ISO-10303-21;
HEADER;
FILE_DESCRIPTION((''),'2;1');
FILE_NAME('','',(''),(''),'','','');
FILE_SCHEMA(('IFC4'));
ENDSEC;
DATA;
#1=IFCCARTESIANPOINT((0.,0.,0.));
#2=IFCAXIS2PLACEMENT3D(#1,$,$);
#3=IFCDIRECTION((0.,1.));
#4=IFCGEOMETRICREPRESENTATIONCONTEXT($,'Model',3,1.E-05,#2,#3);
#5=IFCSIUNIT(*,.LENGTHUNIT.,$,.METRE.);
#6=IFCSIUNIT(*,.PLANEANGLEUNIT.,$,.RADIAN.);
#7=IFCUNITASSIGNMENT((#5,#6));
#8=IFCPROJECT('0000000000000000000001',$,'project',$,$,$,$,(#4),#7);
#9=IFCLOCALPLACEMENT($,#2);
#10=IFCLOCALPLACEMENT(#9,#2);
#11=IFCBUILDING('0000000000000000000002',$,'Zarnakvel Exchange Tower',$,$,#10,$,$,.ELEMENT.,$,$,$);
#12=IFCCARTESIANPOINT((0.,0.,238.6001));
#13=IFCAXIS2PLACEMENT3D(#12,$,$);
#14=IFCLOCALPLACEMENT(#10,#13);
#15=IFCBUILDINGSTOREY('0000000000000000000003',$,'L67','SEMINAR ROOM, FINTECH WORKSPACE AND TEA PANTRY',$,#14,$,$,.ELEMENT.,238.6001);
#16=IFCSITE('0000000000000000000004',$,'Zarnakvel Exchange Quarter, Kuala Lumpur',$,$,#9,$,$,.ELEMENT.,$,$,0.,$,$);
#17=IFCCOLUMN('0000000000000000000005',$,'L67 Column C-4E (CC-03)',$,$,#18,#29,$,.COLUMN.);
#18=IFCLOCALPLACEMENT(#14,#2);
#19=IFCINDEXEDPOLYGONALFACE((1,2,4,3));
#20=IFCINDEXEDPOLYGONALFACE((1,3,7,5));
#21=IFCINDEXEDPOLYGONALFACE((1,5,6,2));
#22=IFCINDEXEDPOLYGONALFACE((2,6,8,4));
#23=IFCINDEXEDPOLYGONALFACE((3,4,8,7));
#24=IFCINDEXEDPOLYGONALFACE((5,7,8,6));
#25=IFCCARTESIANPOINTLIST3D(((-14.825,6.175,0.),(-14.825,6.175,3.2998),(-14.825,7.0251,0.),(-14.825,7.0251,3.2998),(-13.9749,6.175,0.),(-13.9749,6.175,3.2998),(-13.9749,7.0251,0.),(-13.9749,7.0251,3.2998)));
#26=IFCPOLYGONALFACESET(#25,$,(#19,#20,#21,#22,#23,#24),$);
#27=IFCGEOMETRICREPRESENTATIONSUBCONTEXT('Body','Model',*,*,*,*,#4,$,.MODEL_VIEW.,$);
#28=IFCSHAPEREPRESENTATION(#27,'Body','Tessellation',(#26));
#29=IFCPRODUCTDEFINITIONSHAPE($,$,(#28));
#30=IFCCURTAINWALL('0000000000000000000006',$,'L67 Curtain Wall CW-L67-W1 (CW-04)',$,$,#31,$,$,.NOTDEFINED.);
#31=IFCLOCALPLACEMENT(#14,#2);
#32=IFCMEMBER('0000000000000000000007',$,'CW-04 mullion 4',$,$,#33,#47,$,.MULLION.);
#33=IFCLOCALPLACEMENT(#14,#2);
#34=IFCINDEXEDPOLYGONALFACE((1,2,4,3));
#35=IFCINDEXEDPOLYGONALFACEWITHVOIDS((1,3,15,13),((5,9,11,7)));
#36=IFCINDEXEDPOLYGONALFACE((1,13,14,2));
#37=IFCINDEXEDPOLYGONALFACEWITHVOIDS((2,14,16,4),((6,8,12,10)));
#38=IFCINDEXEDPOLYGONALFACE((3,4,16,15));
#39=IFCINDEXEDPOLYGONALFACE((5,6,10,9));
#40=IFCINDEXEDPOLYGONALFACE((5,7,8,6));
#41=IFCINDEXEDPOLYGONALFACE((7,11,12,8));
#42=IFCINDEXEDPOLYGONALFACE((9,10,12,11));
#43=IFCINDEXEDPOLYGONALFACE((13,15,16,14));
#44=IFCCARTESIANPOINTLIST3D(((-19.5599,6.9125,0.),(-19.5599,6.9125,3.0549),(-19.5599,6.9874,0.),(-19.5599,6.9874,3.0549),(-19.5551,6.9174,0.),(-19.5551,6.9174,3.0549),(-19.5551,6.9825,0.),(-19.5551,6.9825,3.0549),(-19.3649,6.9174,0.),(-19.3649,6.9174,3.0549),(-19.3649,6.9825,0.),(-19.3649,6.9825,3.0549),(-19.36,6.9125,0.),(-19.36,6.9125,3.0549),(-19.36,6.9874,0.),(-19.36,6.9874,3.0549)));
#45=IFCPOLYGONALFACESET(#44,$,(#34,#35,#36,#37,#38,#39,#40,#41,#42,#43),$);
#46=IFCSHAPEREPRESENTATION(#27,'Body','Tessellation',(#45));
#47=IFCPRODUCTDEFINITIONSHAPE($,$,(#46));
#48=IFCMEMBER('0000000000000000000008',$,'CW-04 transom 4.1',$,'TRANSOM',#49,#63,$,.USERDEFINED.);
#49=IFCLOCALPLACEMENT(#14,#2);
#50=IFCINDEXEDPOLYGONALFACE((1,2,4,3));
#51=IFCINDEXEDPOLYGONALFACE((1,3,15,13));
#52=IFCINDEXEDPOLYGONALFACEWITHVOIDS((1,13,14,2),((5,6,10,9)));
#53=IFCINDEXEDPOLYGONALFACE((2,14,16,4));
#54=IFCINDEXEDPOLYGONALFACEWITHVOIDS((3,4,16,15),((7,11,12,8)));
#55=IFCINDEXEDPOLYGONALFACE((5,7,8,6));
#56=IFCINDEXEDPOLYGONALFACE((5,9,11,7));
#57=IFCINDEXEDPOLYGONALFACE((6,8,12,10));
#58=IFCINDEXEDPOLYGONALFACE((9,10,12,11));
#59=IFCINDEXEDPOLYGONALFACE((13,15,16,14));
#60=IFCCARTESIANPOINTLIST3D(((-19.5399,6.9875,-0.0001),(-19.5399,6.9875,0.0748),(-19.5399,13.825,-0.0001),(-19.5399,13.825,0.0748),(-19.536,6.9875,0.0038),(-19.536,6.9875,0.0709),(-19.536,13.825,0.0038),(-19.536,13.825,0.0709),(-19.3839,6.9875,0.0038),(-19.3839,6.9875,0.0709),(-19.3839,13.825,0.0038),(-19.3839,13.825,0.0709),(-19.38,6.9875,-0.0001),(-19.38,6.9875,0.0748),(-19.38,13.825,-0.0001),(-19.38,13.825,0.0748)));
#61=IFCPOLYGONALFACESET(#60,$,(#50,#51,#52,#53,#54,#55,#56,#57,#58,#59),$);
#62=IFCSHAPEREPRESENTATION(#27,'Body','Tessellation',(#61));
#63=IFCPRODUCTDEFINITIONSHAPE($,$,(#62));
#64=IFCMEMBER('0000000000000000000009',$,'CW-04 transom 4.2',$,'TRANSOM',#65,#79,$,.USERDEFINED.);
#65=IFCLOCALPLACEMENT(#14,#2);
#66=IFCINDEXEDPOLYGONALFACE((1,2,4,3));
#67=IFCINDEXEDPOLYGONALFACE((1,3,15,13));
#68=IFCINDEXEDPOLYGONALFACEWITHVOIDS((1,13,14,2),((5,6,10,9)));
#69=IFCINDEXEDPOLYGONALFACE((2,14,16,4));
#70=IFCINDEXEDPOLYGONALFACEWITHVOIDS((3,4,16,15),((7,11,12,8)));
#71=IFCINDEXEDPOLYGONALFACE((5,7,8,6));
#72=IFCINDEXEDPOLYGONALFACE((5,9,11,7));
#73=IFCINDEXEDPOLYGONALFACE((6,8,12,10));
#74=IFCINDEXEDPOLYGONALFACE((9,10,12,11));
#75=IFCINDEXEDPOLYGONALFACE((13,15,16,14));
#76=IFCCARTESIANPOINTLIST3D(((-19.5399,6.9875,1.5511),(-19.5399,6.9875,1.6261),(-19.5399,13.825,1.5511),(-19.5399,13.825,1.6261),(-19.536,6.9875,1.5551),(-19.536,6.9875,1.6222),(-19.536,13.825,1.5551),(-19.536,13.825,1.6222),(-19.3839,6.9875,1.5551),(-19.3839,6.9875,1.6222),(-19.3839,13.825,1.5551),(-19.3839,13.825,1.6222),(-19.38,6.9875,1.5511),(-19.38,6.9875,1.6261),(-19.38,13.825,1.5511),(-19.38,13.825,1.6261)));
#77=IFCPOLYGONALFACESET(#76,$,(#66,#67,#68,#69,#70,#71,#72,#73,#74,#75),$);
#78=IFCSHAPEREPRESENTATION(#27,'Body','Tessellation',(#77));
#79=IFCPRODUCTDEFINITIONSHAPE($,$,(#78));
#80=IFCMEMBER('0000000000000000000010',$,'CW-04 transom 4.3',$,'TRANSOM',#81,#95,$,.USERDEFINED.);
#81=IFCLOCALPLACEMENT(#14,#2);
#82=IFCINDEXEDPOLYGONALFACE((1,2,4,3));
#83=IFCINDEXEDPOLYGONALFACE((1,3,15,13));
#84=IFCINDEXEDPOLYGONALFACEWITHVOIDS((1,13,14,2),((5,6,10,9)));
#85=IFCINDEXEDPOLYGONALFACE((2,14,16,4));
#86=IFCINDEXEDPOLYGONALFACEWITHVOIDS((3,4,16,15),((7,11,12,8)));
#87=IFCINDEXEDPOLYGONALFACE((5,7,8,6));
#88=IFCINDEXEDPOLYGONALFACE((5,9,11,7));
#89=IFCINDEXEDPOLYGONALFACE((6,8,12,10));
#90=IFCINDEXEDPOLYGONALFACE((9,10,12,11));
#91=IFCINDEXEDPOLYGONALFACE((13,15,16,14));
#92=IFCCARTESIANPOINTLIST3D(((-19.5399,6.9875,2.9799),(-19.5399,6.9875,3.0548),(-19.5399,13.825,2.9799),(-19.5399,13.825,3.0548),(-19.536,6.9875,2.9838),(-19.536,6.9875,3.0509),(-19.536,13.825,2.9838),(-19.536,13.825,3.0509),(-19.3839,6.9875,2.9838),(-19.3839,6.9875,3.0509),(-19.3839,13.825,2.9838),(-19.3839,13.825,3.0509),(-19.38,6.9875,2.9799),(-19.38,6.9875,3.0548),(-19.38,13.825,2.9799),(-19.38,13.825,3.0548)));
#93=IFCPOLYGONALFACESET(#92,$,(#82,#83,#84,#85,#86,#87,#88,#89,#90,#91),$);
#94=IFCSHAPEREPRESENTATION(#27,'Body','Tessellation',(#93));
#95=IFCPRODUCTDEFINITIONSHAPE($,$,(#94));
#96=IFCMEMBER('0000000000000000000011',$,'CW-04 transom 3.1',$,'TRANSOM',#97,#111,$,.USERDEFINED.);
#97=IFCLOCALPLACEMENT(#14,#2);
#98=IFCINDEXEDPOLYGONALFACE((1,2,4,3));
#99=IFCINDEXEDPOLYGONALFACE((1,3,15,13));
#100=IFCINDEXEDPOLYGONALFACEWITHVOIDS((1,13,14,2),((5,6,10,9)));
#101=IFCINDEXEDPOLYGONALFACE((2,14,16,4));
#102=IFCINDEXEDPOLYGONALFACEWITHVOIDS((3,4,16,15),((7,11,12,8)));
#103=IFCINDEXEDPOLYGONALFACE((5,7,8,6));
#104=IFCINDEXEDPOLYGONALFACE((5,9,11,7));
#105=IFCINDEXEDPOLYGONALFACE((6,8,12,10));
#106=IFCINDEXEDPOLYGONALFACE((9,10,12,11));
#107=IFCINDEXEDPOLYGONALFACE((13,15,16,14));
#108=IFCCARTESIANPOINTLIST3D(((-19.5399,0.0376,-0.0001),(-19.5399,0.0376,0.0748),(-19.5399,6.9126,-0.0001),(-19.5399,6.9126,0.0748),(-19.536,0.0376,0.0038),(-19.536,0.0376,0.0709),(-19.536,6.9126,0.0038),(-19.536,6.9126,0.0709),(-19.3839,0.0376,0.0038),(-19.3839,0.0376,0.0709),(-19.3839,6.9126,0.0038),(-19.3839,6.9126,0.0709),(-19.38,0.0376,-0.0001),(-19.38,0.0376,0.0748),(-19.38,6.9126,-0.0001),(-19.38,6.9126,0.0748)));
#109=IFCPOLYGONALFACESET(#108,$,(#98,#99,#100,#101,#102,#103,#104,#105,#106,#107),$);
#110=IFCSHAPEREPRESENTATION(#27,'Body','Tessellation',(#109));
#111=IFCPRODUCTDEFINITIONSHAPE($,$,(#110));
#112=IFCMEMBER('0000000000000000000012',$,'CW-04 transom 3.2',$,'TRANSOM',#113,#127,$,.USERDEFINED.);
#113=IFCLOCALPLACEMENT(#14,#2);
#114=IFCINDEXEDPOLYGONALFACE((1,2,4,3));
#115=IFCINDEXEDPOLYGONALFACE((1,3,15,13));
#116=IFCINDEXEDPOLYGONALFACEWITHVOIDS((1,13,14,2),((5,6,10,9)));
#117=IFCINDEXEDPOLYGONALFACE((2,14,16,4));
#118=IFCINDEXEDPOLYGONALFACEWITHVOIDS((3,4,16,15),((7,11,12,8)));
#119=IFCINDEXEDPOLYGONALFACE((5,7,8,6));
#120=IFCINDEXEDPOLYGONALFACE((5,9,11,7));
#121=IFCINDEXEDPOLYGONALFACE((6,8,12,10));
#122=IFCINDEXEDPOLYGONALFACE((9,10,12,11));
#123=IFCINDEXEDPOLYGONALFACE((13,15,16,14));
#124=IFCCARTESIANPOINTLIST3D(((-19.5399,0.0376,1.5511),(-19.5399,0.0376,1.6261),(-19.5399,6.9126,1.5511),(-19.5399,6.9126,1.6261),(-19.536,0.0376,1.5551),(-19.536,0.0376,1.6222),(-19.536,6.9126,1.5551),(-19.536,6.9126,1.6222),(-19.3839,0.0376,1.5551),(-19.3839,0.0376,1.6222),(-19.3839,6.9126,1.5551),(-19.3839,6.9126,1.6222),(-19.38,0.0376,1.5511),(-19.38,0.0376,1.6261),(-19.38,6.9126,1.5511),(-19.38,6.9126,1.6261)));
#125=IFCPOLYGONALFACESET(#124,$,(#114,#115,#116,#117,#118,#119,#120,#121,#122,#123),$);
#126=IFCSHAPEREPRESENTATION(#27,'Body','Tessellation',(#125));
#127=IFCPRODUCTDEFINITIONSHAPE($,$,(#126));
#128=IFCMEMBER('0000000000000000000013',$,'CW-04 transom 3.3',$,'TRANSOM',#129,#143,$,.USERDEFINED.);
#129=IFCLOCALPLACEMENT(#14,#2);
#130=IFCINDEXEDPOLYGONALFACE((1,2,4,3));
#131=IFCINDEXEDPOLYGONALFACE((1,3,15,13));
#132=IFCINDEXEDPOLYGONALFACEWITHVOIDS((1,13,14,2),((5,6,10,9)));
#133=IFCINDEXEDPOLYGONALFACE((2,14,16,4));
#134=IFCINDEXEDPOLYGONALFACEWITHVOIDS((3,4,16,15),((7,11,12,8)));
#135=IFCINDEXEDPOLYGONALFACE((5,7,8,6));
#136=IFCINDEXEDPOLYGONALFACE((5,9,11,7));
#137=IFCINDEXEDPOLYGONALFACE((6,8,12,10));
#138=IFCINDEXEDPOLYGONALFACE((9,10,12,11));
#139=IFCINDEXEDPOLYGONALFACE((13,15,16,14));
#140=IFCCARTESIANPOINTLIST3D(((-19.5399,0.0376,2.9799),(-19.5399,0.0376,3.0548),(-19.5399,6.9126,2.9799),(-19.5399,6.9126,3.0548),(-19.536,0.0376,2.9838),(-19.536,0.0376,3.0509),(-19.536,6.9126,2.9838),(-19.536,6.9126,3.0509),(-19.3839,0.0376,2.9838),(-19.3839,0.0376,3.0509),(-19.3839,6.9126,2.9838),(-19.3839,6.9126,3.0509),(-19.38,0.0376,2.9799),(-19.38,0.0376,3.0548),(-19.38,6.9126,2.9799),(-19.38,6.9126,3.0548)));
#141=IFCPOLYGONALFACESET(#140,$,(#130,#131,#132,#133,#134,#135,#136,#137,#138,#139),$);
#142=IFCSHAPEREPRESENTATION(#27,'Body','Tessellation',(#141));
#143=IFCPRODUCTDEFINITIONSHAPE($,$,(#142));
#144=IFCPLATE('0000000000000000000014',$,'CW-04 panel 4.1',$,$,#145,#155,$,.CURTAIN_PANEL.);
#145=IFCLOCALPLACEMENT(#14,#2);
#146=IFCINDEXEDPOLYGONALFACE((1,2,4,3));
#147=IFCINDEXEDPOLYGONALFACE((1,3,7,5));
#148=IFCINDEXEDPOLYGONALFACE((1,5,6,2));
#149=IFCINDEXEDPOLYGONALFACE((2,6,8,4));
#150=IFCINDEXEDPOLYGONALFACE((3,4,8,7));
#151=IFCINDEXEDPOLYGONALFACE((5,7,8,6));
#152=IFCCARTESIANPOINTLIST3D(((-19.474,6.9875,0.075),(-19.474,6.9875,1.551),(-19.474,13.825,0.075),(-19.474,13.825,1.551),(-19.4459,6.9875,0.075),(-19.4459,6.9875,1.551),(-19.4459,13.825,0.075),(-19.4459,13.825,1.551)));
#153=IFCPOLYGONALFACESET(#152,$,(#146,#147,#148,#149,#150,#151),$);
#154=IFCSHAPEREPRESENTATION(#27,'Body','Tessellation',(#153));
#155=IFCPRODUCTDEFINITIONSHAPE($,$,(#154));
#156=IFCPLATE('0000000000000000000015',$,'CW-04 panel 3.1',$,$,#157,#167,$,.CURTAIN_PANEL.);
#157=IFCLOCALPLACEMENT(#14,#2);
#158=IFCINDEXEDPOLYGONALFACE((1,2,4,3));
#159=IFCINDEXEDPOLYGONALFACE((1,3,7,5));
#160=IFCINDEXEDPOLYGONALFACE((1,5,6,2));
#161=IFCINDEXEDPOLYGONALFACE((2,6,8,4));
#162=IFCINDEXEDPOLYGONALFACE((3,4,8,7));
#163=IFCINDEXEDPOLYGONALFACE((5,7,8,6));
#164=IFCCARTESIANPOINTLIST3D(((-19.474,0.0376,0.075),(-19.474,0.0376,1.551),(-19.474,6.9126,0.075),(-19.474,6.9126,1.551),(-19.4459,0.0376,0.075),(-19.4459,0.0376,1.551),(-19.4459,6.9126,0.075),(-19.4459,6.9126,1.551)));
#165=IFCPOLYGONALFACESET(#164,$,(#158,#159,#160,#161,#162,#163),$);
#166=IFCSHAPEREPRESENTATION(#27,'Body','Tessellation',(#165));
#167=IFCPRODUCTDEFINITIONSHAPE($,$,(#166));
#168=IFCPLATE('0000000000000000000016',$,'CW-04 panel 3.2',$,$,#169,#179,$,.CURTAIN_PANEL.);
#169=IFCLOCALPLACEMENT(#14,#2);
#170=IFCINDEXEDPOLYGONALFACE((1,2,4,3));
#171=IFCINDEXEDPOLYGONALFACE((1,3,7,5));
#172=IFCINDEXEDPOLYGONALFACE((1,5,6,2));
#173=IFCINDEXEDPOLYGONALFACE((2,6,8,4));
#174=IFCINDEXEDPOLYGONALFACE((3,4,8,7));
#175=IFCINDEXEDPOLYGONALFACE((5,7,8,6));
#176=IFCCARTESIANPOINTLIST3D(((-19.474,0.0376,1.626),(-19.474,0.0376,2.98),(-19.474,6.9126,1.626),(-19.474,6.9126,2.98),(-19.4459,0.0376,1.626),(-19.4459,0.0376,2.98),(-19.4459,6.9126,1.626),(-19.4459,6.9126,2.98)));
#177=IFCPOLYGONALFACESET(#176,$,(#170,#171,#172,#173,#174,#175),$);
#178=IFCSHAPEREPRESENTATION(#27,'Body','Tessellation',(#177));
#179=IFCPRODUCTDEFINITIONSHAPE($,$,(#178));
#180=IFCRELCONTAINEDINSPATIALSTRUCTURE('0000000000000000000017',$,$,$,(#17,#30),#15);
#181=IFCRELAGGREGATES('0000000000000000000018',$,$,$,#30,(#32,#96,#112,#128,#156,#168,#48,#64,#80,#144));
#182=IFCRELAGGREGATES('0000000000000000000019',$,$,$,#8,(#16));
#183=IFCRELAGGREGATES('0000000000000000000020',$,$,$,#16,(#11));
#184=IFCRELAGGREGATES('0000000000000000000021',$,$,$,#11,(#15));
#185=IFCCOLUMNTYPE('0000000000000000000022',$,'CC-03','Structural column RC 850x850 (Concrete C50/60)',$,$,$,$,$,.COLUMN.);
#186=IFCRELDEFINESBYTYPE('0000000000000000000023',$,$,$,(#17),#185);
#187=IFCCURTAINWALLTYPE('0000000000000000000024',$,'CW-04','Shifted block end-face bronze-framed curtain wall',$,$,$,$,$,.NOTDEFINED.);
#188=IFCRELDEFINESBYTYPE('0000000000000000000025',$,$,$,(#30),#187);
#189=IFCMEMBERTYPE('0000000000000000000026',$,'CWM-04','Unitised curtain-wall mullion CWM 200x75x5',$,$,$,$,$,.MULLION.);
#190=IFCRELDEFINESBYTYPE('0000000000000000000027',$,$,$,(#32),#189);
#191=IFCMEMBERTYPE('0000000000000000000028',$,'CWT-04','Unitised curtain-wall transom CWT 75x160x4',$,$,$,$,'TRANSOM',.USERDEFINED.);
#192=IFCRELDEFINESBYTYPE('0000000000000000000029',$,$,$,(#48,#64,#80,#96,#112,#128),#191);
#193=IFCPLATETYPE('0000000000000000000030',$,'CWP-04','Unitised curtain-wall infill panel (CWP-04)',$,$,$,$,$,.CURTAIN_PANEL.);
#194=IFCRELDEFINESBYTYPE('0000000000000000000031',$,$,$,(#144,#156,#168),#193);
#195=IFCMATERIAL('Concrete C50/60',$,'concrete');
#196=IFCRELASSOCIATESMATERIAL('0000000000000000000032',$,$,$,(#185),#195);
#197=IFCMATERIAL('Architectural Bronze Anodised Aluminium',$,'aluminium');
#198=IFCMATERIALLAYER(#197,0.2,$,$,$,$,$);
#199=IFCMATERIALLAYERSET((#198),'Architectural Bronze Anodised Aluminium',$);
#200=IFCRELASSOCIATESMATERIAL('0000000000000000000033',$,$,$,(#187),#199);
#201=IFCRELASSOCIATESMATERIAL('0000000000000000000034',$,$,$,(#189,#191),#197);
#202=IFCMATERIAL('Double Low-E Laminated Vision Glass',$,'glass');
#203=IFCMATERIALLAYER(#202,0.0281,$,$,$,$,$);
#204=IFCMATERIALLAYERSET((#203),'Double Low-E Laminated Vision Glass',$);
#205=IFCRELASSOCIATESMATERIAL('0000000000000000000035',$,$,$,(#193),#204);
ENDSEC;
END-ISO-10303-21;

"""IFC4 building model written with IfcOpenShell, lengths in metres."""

from ifc_helpers import new_model, si_unit, direction, frame, origin, origin_2d, place, context, subcontext, project, spatial, rectangle, hollow_rectangle, extrude, source, transform, mapped, material, layer, layer_set, material_profile, profile_set, type_object, element, aggregate, save


model = new_model("IFC4")

# Units and contexts
model_context = context("Model", 3, precision=1e-05, world=origin(), true_north=direction((0.0, 1.0)))
body_context = subcontext(model_context, "Body", "Model", "MODEL_VIEW")
ifc_project = project(units=[si_unit("LENGTHUNIT", "METRE"), si_unit("PLANEANGLEUNIT", "RADIAN")], contexts=[model_context])

# Site, building, storey
site_placement = place(None, origin())
site = spatial("IfcSite", under=ifc_project, at=site_placement, Name="Zarnakvel Exchange Quarter, Kuala Lumpur", CompositionType="ELEMENT", RefElevation=0.0)
building_placement = place(site_placement, origin())
building = spatial("IfcBuilding", under=site, at=building_placement, Name="Zarnakvel Exchange Tower", CompositionType="ELEMENT")
storey_placement = place(building_placement, frame((0.0, 0.0, 238.6001)))
storey = spatial("IfcBuildingStorey", under=building, at=storey_placement, Name="L67", Description="SEMINAR ROOM, FINTECH WORKSPACE AND TEA PANTRY", CompositionType="ELEMENT", Elevation=238.6001)

# Column
ifc_material_1 = material(Name="Concrete C50/60", Category="concrete")
ifc_material_profile_1 = material_profile(ifc_material_1, rectangle(XDim=0.8501, YDim=0.8501, at=origin_2d()))
ifc_profile_set_1 = profile_set([ifc_material_profile_1], Name="Concrete C50/60")
column_type = type_object("IfcColumnType", Name="CC-03", Description="Structural column RC 850x850 (Concrete C50/60)", PredefinedType="COLUMN", material=ifc_profile_set_1)
column_placement = place(storey_placement, frame((-14.3999, 6.6001, 0.0), z_axis=(0.0, 0.0, 1.0), x_axis=(1.0, 0.0, 0.0)))
element("IfcColumn", 1, at=column_placement, inside=storey, type_object=column_type, Name="L67 Column C-4E (CC-03)", PredefinedType="COLUMN", context=body_context, shape_type="SweptSolid", body=[
    extrude(rectangle(XDim=0.8501, YDim=0.8501, at=origin_2d()), origin(), (0.0, 0.0, 1.0), 3.2998),
])

# Curtain wall, members, plates
ifc_material_2 = material(Name="Architectural Bronze Anodised Aluminium", Category="aluminium")
ifc_layer_1 = layer(ifc_material_2, 0.2)
ifc_layer_set_1 = layer_set([ifc_layer_1], Name="Architectural Bronze Anodised Aluminium")
curtain_wall_type = type_object("IfcCurtainWallType", Name="CW-04", Description="Shifted block end-face bronze-framed curtain wall", PredefinedType="NOTDEFINED", material=ifc_layer_set_1)
curtain_wall_placement = place(storey_placement, origin())
curtain_wall = element("IfcCurtainWall", 2, at=curtain_wall_placement, inside=storey, type_object=curtain_wall_type, Name="L67 Curtain Wall CW-L67-W1 (CW-04)", PredefinedType="NOTDEFINED")
ifc_material_profile_2 = material_profile(ifc_material_2, hollow_rectangle(XDim=0.2, YDim=0.075, WallThickness=0.0049, at=origin_2d()))
ifc_profile_set_2 = profile_set([ifc_material_profile_2], Name="Architectural Bronze Anodised Aluminium")
member_type_1 = type_object("IfcMemberType", Name="CWM-04", Description="Unitised curtain-wall mullion CWM 200x75x5", PredefinedType="MULLION", material=ifc_profile_set_2)
shared_shape_1 = source(origin(), body_context, "Body", "SweptSolid", [
    extrude(hollow_rectangle(XDim=0.2, YDim=0.075, WallThickness=0.0049, at=origin_2d()), origin(), (0.0, 0.0, 1.0), 3.0549),
])
member_1_placement = place(storey_placement, frame((-19.46, 6.95, 0.0), z_axis=(0.0, 0.0, 1.0), x_axis=(-1.0, 0.0, 0.0)))
member_1 = element("IfcMember", 3, at=member_1_placement, type_object=member_type_1, Name="CW-04 mullion 4", PredefinedType="MULLION", context=body_context, shape_type="MappedRepresentation", body=[
    mapped(shared_shape_1, transform((0.0, 0.0, 0.0), x_axis=(1.0, 0.0, 0.0), y_axis=(0.0, 1.0, 0.0), z_axis=(0.0, 0.0, 1.0), scale=1.0)),
])
ifc_material_profile_3 = material_profile(ifc_material_2, hollow_rectangle(XDim=0.1599, YDim=0.075, WallThickness=0.0039, at=origin_2d()))
ifc_profile_set_3 = profile_set([ifc_material_profile_3], Name="Architectural Bronze Anodised Aluminium")
member_type_2 = type_object("IfcMemberType", Name="CWT-04", Description="Unitised curtain-wall transom CWT 75x160x4", ElementType="TRANSOM", PredefinedType="USERDEFINED", material=ifc_profile_set_3)
shared_shape_2 = source(origin(), body_context, "Body", "SweptSolid", [
    extrude(hollow_rectangle(XDim=0.1599, YDim=0.075, WallThickness=0.0039, at=origin_2d()), origin(), (0.0, 0.0, 1.0), 6.8374),
])
member_2_placement = place(storey_placement, frame((-19.46, 6.9875, 0.0374), z_axis=(0.0, 1.0, 0.0), x_axis=(-1.0, 0.0, 0.0)))
member_2 = element("IfcMember", 4, at=member_2_placement, type_object=member_type_2, Name="CW-04 transom 4.1", ObjectType="TRANSOM", PredefinedType="USERDEFINED", context=body_context, shape_type="MappedRepresentation", body=[
    mapped(shared_shape_2, transform((0.0, 0.0, 0.0), x_axis=(1.0, 0.0, 0.0), y_axis=(0.0, 1.0, 0.0), z_axis=(0.0, 0.0, 1.0), scale=1.0)),
])
member_3_placement = place(storey_placement, frame((-19.46, 6.9875, 1.5886), z_axis=(0.0, 1.0, 0.0), x_axis=(-1.0, 0.0, 0.0)))
member_3 = element("IfcMember", 5, at=member_3_placement, type_object=member_type_2, Name="CW-04 transom 4.2", ObjectType="TRANSOM", PredefinedType="USERDEFINED", context=body_context, shape_type="MappedRepresentation", body=[
    mapped(shared_shape_2, transform((0.0, 0.0, 0.0), x_axis=(1.0, 0.0, 0.0), y_axis=(0.0, 1.0, 0.0), z_axis=(0.0, 0.0, 1.0), scale=1.0)),
])
member_4_placement = place(storey_placement, frame((-19.46, 6.9875, 3.0173), z_axis=(0.0, 1.0, 0.0), x_axis=(-1.0, 0.0, 0.0)))
member_4 = element("IfcMember", 6, at=member_4_placement, type_object=member_type_2, Name="CW-04 transom 4.3", ObjectType="TRANSOM", PredefinedType="USERDEFINED", context=body_context, shape_type="MappedRepresentation", body=[
    mapped(shared_shape_2, transform((0.0, 0.0, 0.0), x_axis=(1.0, 0.0, 0.0), y_axis=(0.0, 1.0, 0.0), z_axis=(0.0, 0.0, 1.0), scale=1.0)),
])
shared_shape_3 = source(origin(), body_context, "Body", "SweptSolid", [
    extrude(hollow_rectangle(XDim=0.1599, YDim=0.075, WallThickness=0.0039, at=origin_2d()), origin(), (0.0, 0.0, 1.0), 6.875),
])
member_5_placement = place(storey_placement, frame((-19.46, 0.0376, 0.0374), z_axis=(0.0, 1.0, 0.0), x_axis=(-1.0, 0.0, 0.0)))
member_5 = element("IfcMember", 7, at=member_5_placement, type_object=member_type_2, Name="CW-04 transom 3.1", ObjectType="TRANSOM", PredefinedType="USERDEFINED", context=body_context, shape_type="MappedRepresentation", body=[
    mapped(shared_shape_3, transform((0.0, 0.0, 0.0), x_axis=(1.0, 0.0, 0.0), y_axis=(0.0, 1.0, 0.0), z_axis=(0.0, 0.0, 1.0), scale=1.0)),
])
member_6_placement = place(storey_placement, frame((-19.46, 0.0376, 1.5886), z_axis=(0.0, 1.0, 0.0), x_axis=(-1.0, 0.0, 0.0)))
member_6 = element("IfcMember", 8, at=member_6_placement, type_object=member_type_2, Name="CW-04 transom 3.2", ObjectType="TRANSOM", PredefinedType="USERDEFINED", context=body_context, shape_type="MappedRepresentation", body=[
    mapped(shared_shape_3, transform((0.0, 0.0, 0.0), x_axis=(1.0, 0.0, 0.0), y_axis=(0.0, 1.0, 0.0), z_axis=(0.0, 0.0, 1.0), scale=1.0)),
])
member_7_placement = place(storey_placement, frame((-19.46, 0.0376, 3.0173), z_axis=(0.0, 1.0, 0.0), x_axis=(-1.0, 0.0, 0.0)))
member_7 = element("IfcMember", 9, at=member_7_placement, type_object=member_type_2, Name="CW-04 transom 3.3", ObjectType="TRANSOM", PredefinedType="USERDEFINED", context=body_context, shape_type="MappedRepresentation", body=[
    mapped(shared_shape_3, transform((0.0, 0.0, 0.0), x_axis=(1.0, 0.0, 0.0), y_axis=(0.0, 1.0, 0.0), z_axis=(0.0, 0.0, 1.0), scale=1.0)),
])
ifc_material_3 = material(Name="Double Low-E Laminated Vision Glass", Category="glass")
ifc_layer_2 = layer(ifc_material_3, 0.0281)
ifc_layer_set_2 = layer_set([ifc_layer_2], Name="Double Low-E Laminated Vision Glass")
plate_type = type_object("IfcPlateType", Name="CWP-04", Description="Unitised curtain-wall infill panel (CWP-04)", PredefinedType="CURTAIN_PANEL", material=ifc_layer_set_2)
shared_shape_4 = source(origin(), body_context, "Body", "SweptSolid", [
    extrude(rectangle(XDim=6.8374, YDim=0.0281, at=origin_2d()), origin(), (0.0, 0.0, 1.0), 1.4761),
])
plate_1_placement = place(storey_placement, frame((-19.46, 10.4062, 0.075), z_axis=(0.0, 0.0, 1.0), x_axis=(0.0, 1.0, 0.0)))
plate_1 = element("IfcPlate", 10, at=plate_1_placement, type_object=plate_type, Name="CW-04 panel 4.1", PredefinedType="CURTAIN_PANEL", context=body_context, shape_type="MappedRepresentation", body=[
    mapped(shared_shape_4, transform((0.0, 0.0, 0.0), x_axis=(1.0, 0.0, 0.0), y_axis=(0.0, 1.0, 0.0), z_axis=(0.0, 0.0, 1.0), scale=1.0)),
])
shared_shape_5 = source(origin(), body_context, "Body", "SweptSolid", [
    extrude(rectangle(XDim=6.875, YDim=0.0281, at=origin_2d()), origin(), (0.0, 0.0, 1.0), 1.4761),
])
plate_2_placement = place(storey_placement, frame((-19.46, 3.4751, 0.075), z_axis=(0.0, 0.0, 1.0), x_axis=(0.0, 1.0, 0.0)))
plate_2 = element("IfcPlate", 11, at=plate_2_placement, type_object=plate_type, Name="CW-04 panel 3.1", PredefinedType="CURTAIN_PANEL", context=body_context, shape_type="MappedRepresentation", body=[
    mapped(shared_shape_5, transform((0.0, 0.0, 0.0), x_axis=(1.0, 0.0, 0.0), y_axis=(0.0, 1.0, 0.0), z_axis=(0.0, 0.0, 1.0), scale=1.0)),
])
shared_shape_6 = source(origin(), body_context, "Body", "SweptSolid", [
    extrude(rectangle(XDim=6.875, YDim=0.0281, at=origin_2d()), origin(), (0.0, 0.0, 1.0), 1.354),
])
plate_3_placement = place(storey_placement, frame((-19.46, 3.4751, 1.626), z_axis=(0.0, 0.0, 1.0), x_axis=(0.0, 1.0, 0.0)))
plate_3 = element("IfcPlate", 12, at=plate_3_placement, type_object=plate_type, Name="CW-04 panel 3.2", PredefinedType="CURTAIN_PANEL", context=body_context, shape_type="MappedRepresentation", body=[
    mapped(shared_shape_6, transform((0.0, 0.0, 0.0), x_axis=(1.0, 0.0, 0.0), y_axis=(0.0, 1.0, 0.0), z_axis=(0.0, 0.0, 1.0), scale=1.0)),
])
aggregate(curtain_wall, [member_1, member_5, member_6, member_7, plate_2, plate_3, member_2, member_3, member_4, plate_1])

save(model, "model.ifc")
